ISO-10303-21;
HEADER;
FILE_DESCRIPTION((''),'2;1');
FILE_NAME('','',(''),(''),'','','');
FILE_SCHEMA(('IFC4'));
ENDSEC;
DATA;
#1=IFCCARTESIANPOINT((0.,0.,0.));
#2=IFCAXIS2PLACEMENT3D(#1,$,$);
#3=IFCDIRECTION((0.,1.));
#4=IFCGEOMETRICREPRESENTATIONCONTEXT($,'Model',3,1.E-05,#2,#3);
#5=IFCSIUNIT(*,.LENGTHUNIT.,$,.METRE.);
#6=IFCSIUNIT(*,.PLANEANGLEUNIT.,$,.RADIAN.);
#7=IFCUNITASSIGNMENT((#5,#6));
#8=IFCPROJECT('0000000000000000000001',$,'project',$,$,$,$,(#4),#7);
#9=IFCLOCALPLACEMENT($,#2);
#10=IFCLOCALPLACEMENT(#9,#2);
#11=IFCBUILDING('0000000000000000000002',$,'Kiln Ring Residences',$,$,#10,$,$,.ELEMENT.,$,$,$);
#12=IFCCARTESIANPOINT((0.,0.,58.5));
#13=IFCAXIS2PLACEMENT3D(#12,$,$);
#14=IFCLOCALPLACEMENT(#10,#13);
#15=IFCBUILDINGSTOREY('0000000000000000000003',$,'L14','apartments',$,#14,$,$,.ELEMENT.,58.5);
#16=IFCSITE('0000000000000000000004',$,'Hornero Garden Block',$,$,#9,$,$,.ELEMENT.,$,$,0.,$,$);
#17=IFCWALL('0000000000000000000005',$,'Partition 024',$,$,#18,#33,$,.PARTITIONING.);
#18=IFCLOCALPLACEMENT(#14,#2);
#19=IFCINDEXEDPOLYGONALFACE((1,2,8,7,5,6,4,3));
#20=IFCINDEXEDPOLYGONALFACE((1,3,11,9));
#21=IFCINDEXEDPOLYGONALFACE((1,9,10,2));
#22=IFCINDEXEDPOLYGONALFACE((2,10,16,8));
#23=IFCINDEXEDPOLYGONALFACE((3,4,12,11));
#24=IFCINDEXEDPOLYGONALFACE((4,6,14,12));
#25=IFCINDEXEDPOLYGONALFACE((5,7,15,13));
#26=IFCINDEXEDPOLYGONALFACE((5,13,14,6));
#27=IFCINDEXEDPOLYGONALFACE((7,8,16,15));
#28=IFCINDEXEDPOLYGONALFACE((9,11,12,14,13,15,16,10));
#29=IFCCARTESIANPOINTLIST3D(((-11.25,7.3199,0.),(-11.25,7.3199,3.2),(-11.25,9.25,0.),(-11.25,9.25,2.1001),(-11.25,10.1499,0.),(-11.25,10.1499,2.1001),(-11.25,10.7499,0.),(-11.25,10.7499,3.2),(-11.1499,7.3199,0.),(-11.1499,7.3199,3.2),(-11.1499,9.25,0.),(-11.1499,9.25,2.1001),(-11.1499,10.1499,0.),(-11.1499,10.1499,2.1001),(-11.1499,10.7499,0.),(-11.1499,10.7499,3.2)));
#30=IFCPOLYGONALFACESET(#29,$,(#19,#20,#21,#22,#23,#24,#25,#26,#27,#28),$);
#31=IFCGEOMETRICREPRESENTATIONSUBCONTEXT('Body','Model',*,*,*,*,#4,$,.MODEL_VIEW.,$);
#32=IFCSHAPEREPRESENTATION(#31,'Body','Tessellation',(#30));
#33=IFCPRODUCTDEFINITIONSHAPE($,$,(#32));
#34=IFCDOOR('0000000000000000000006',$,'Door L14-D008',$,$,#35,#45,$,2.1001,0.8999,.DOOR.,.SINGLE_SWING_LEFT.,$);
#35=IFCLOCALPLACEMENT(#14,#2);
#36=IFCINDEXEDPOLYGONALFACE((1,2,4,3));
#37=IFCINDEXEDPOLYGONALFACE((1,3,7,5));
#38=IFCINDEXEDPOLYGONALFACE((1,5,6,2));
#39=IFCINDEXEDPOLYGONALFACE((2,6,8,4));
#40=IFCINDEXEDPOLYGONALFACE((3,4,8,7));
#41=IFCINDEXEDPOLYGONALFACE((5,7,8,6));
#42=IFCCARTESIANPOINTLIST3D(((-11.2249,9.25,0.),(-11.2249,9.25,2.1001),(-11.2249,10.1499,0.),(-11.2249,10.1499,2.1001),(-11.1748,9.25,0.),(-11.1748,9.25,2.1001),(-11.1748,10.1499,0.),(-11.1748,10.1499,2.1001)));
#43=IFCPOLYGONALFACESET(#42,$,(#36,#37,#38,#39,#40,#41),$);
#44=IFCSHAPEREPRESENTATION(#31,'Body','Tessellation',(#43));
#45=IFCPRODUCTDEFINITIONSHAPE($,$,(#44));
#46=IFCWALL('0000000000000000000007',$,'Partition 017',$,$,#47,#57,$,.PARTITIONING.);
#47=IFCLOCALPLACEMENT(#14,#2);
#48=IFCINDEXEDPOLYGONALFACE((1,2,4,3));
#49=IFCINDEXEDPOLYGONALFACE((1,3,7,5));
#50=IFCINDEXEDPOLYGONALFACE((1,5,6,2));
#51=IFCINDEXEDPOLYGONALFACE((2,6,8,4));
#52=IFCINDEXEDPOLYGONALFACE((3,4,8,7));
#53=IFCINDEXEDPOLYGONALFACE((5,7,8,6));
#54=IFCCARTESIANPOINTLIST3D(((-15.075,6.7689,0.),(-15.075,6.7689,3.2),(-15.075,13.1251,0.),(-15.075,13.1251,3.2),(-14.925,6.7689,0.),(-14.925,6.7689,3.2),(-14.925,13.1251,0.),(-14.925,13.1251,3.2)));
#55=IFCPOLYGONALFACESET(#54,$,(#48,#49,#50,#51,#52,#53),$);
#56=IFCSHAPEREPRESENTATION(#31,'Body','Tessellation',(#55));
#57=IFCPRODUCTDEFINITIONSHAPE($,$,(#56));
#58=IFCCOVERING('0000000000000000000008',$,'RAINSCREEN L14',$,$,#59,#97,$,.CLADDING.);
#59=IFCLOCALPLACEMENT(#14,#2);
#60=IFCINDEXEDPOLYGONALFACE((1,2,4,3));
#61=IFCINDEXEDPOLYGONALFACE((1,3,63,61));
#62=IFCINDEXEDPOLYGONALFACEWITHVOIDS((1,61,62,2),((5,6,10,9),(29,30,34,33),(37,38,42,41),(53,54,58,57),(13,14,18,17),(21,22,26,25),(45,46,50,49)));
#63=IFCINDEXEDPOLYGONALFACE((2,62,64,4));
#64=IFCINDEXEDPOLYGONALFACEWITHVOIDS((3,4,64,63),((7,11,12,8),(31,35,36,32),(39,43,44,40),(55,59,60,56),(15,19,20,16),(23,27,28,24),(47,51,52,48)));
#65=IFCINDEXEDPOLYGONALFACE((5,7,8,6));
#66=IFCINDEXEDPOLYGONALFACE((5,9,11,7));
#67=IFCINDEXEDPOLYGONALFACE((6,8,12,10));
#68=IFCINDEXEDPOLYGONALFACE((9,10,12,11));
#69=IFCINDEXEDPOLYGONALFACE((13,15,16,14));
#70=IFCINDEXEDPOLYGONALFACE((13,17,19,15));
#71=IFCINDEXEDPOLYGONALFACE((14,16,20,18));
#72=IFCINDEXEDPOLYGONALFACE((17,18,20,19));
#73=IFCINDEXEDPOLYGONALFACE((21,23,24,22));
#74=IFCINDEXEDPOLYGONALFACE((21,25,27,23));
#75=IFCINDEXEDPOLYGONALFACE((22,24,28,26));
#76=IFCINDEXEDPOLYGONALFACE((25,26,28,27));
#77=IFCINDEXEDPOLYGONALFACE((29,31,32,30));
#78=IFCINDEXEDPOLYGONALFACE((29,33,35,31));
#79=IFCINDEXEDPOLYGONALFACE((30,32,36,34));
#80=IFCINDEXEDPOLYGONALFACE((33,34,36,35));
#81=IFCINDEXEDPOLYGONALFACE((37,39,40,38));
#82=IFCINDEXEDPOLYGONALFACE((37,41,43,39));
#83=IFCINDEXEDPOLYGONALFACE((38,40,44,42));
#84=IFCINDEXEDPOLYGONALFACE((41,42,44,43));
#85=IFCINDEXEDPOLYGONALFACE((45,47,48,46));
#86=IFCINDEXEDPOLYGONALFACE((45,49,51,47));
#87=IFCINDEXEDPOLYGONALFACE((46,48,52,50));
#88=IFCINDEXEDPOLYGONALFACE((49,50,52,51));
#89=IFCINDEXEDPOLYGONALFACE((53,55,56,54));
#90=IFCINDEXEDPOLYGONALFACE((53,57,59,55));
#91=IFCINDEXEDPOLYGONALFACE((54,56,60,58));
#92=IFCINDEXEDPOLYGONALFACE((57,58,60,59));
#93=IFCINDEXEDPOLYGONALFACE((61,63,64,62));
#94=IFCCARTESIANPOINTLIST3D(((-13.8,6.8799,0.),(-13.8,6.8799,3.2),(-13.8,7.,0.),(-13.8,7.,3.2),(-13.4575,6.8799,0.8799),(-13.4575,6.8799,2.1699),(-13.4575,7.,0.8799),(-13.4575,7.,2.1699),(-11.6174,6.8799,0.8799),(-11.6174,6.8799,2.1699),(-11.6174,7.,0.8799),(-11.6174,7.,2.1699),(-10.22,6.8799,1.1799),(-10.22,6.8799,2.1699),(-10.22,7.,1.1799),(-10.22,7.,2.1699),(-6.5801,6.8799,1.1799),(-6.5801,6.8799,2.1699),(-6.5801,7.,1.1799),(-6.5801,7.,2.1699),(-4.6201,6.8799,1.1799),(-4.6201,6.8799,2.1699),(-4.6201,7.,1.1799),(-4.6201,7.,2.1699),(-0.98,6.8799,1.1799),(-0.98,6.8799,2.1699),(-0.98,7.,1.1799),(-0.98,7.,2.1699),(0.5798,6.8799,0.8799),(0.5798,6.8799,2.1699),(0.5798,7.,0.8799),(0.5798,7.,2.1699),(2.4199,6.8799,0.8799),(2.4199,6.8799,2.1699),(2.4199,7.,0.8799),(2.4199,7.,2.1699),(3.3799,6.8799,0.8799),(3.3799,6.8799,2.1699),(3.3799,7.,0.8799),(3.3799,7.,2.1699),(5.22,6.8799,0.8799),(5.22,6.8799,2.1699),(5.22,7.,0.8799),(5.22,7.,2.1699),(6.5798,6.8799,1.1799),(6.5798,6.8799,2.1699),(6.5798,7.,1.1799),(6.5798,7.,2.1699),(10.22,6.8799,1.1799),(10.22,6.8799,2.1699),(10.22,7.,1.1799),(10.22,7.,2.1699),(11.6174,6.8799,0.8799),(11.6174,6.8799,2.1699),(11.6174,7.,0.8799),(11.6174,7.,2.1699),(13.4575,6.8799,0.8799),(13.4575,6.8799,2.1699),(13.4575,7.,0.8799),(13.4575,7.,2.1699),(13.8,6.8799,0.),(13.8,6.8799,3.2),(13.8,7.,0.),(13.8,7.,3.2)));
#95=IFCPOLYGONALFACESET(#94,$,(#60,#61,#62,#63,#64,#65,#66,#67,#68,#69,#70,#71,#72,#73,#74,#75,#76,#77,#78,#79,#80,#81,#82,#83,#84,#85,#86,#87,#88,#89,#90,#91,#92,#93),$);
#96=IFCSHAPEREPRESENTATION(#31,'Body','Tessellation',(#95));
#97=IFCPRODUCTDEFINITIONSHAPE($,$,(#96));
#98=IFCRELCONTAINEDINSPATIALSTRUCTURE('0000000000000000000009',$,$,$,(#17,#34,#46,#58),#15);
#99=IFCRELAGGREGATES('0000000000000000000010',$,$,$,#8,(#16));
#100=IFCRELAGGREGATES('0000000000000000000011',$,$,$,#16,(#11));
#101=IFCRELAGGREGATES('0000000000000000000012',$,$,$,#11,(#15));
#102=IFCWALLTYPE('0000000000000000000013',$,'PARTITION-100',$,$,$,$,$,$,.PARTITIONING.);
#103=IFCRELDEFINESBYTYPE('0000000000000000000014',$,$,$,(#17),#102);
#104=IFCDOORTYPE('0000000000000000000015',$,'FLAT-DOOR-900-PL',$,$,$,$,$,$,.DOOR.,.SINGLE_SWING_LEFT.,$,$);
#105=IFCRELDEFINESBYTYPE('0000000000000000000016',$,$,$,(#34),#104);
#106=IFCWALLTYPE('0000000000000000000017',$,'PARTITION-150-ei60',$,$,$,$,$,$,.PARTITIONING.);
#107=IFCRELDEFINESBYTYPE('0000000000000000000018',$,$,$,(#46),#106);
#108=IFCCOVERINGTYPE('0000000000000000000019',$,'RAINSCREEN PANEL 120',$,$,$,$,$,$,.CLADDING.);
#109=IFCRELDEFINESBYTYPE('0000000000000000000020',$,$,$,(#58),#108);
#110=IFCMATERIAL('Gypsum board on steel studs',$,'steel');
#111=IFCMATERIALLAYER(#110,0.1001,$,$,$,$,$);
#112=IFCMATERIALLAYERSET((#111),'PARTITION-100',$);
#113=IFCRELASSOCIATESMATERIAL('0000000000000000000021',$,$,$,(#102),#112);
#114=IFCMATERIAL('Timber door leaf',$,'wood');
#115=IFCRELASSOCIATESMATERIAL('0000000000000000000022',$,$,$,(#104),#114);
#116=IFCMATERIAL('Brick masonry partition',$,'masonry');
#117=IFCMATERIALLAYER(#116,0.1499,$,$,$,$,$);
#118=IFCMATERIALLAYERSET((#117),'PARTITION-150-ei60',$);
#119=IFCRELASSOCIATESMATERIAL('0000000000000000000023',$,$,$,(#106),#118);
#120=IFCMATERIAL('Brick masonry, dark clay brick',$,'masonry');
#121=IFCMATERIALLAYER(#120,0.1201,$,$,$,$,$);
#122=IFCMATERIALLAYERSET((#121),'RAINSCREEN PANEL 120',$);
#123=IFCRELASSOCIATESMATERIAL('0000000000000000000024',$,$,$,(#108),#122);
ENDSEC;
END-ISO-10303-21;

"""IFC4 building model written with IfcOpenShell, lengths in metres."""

from ifc_helpers import new_model, si_unit, direction, frame, frame_2d, origin, place, context, subcontext, project, spatial, polyline, rectangle, outline, extrude, material, layer, layer_set, type_object, element, fill, save


model = new_model("IFC4")

# Units and contexts
model_context = context("Model", 3, precision=1e-05, world=origin(), true_north=direction((0.0, 1.0)))
body_context = subcontext(model_context, "Body", "Model", "MODEL_VIEW")
ifc_project = project(units=[si_unit("LENGTHUNIT", "METRE"), si_unit("PLANEANGLEUNIT", "RADIAN")], contexts=[model_context])

# Site, building, storey
site_placement = place(None, origin())
site = spatial("IfcSite", under=ifc_project, at=site_placement, Name="Hornero Garden Block", CompositionType="ELEMENT", RefElevation=0.0)
building_placement = place(site_placement, origin())
building = spatial("IfcBuilding", under=site, at=building_placement, Name="Kiln Ring Residences", CompositionType="ELEMENT")
storey_placement = place(building_placement, frame((0.0, 0.0, 58.5)))
storey = spatial("IfcBuildingStorey", under=building, at=storey_placement, Name="L14", Description="apartments", CompositionType="ELEMENT", Elevation=58.5)

# Wall, opening, door
ifc_material_1 = material(Name="Gypsum board on steel studs", Category="steel")
ifc_layer_1 = layer(ifc_material_1, 0.1001)
ifc_layer_set_1 = layer_set([ifc_layer_1], Name="PARTITION-100")
wall_type_1 = type_object("IfcWallType", Name="PARTITION-100", PredefinedType="PARTITIONING", material=ifc_layer_set_1)
wall_1_placement = place(storey_placement, frame((-11.2, 7.3201, 0.0), z_axis=(0.0, 0.0, 1.0), x_axis=(0.0, 1.0, 0.0)))
wall_1 = element("IfcWall", 1, at=wall_1_placement, inside=storey, type_object=wall_type_1, Name="Partition 024", PredefinedType="PARTITIONING", context=body_context, shape_type="SweptSolid", body=[
    extrude(rectangle(XDim=3.4299, YDim=0.1001, at=frame_2d((1.7148, 0.0))), origin(), (0.0, 0.0, 1.0), 3.2),
])
opening_1_placement = place(wall_1_placement, frame((1.9299, 0.0, 0.0)))
opening_1 = element("IfcOpeningElement", 2, at=opening_1_placement, cuts=wall_1, PredefinedType="OPENING", context=body_context, shape_type="SweptSolid", body=[
    extrude(rectangle(XDim=0.8999, YDim=2.1001, at=frame_2d((0.45, 1.05))), frame((0.0, 0.0601, 0.0), z_axis=(0.0, -1.0, 0.0), x_axis=(1.0, 0.0, 0.0)), (0.0, 0.0, 1.0), 0.1201),
])
ifc_material_2 = material(Name="Timber door leaf", Category="wood")
door_type = type_object("IfcDoorType", Name="FLAT-DOOR-900-PL", OperationType="SINGLE_SWING_LEFT", PredefinedType="DOOR", material=ifc_material_2)
door_placement = place(opening_1_placement, origin())
door = element("IfcDoor", 3, at=door_placement, inside=storey, type_object=door_type, Name="Door L14-D008", OperationType="SINGLE_SWING_LEFT", OverallHeight=2.1001, OverallWidth=0.8999, PredefinedType="DOOR", context=body_context, shape_type="SweptSolid", body=[
    extrude(rectangle(XDim=0.8999, YDim=2.1001, at=frame_2d((0.45, 1.05))), frame((0.0, 0.0249, 0.0), z_axis=(0.0, -1.0, 0.0), x_axis=(1.0, 0.0, 0.0)), (0.0, 0.0, 1.0), 0.05),
])
fill(opening_1, door)

# Wall
ifc_material_3 = material(Name="Brick masonry partition", Category="masonry")
ifc_layer_2 = layer(ifc_material_3, 0.1499)
ifc_layer_set_2 = layer_set([ifc_layer_2], Name="PARTITION-150-ei60")
wall_type_2 = type_object("IfcWallType", Name="PARTITION-150-ei60", PredefinedType="PARTITIONING", material=ifc_layer_set_2)
wall_2_placement = place(storey_placement, frame((-15.0, 6.7688, 0.0), z_axis=(0.0, 0.0, 1.0), x_axis=(0.0, 1.0, 0.0)))
element("IfcWall", 4, at=wall_2_placement, inside=storey, type_object=wall_type_2, Name="Partition 017", PredefinedType="PARTITIONING", context=body_context, shape_type="SweptSolid", body=[
    extrude(rectangle(XDim=6.3562, YDim=0.1499, at=frame_2d((3.1782, 0.0))), origin(), (0.0, 0.0, 1.0), 3.2),
])

# Covering
ifc_material_4 = material(Name="Brick masonry, dark clay brick", Category="masonry")
ifc_layer_3 = layer(ifc_material_4, 0.1201)
ifc_layer_set_3 = layer_set([ifc_layer_3], Name="RAINSCREEN PANEL 120")
covering_type = type_object("IfcCoveringType", Name="RAINSCREEN PANEL 120", PredefinedType="CLADDING", material=ifc_layer_set_3)
covering_placement = place(storey_placement, frame((-13.8, 6.9399, 0.0), z_axis=(0.0, 0.0, 1.0), x_axis=(1.0, 0.0, 0.0)))
element("IfcCovering", 5, at=covering_placement, inside=storey, type_object=covering_type, Name="RAINSCREEN L14", PredefinedType="CLADDING", context=body_context, shape_type="SweptSolid", body=[
    extrude(outline(polyline([(0.0, 0.0), (27.6001, 0.0), (27.6001, 3.2), (0.0, 3.2), (0.0, 0.0)]), holes=[polyline([(2.1826, 0.8799), (2.1826, 2.1699), (0.3425, 2.1699), (0.3425, 0.8799), (2.1826, 0.8799)]), polyline([(14.3799, 0.8799), (16.22, 0.8799), (16.22, 2.1699), (14.3799, 2.1699), (14.3799, 0.8799)]), polyline([(17.1799, 0.8799), (19.02, 0.8799), (19.02, 2.1699), (17.1799, 2.1699), (17.1799, 0.8799)]), polyline([(25.4175, 0.8799), (27.2576, 0.8799), (27.2576, 2.1699), (25.4175, 2.1699), (25.4175, 0.8799)]), polyline([(3.5801, 1.1799), (7.22, 1.1799), (7.22, 2.1699), (3.5801, 2.1699), (3.5801, 1.1799)]), polyline([(9.1799, 1.1799), (12.8201, 1.1799), (12.8201, 2.1699), (9.1799, 2.1699), (9.1799, 1.1799)]), polyline([(20.3799, 1.1799), (24.02, 1.1799), (24.02, 2.1699), (20.3799, 2.1699), (20.3799, 1.1799)])]), frame((0.0, 0.0601, 0.0), z_axis=(0.0, -1.0, 0.0), x_axis=(1.0, 0.0, 0.0)), (0.0, 0.0, 1.0), 0.1201),
])

save(model, "model.ifc")
